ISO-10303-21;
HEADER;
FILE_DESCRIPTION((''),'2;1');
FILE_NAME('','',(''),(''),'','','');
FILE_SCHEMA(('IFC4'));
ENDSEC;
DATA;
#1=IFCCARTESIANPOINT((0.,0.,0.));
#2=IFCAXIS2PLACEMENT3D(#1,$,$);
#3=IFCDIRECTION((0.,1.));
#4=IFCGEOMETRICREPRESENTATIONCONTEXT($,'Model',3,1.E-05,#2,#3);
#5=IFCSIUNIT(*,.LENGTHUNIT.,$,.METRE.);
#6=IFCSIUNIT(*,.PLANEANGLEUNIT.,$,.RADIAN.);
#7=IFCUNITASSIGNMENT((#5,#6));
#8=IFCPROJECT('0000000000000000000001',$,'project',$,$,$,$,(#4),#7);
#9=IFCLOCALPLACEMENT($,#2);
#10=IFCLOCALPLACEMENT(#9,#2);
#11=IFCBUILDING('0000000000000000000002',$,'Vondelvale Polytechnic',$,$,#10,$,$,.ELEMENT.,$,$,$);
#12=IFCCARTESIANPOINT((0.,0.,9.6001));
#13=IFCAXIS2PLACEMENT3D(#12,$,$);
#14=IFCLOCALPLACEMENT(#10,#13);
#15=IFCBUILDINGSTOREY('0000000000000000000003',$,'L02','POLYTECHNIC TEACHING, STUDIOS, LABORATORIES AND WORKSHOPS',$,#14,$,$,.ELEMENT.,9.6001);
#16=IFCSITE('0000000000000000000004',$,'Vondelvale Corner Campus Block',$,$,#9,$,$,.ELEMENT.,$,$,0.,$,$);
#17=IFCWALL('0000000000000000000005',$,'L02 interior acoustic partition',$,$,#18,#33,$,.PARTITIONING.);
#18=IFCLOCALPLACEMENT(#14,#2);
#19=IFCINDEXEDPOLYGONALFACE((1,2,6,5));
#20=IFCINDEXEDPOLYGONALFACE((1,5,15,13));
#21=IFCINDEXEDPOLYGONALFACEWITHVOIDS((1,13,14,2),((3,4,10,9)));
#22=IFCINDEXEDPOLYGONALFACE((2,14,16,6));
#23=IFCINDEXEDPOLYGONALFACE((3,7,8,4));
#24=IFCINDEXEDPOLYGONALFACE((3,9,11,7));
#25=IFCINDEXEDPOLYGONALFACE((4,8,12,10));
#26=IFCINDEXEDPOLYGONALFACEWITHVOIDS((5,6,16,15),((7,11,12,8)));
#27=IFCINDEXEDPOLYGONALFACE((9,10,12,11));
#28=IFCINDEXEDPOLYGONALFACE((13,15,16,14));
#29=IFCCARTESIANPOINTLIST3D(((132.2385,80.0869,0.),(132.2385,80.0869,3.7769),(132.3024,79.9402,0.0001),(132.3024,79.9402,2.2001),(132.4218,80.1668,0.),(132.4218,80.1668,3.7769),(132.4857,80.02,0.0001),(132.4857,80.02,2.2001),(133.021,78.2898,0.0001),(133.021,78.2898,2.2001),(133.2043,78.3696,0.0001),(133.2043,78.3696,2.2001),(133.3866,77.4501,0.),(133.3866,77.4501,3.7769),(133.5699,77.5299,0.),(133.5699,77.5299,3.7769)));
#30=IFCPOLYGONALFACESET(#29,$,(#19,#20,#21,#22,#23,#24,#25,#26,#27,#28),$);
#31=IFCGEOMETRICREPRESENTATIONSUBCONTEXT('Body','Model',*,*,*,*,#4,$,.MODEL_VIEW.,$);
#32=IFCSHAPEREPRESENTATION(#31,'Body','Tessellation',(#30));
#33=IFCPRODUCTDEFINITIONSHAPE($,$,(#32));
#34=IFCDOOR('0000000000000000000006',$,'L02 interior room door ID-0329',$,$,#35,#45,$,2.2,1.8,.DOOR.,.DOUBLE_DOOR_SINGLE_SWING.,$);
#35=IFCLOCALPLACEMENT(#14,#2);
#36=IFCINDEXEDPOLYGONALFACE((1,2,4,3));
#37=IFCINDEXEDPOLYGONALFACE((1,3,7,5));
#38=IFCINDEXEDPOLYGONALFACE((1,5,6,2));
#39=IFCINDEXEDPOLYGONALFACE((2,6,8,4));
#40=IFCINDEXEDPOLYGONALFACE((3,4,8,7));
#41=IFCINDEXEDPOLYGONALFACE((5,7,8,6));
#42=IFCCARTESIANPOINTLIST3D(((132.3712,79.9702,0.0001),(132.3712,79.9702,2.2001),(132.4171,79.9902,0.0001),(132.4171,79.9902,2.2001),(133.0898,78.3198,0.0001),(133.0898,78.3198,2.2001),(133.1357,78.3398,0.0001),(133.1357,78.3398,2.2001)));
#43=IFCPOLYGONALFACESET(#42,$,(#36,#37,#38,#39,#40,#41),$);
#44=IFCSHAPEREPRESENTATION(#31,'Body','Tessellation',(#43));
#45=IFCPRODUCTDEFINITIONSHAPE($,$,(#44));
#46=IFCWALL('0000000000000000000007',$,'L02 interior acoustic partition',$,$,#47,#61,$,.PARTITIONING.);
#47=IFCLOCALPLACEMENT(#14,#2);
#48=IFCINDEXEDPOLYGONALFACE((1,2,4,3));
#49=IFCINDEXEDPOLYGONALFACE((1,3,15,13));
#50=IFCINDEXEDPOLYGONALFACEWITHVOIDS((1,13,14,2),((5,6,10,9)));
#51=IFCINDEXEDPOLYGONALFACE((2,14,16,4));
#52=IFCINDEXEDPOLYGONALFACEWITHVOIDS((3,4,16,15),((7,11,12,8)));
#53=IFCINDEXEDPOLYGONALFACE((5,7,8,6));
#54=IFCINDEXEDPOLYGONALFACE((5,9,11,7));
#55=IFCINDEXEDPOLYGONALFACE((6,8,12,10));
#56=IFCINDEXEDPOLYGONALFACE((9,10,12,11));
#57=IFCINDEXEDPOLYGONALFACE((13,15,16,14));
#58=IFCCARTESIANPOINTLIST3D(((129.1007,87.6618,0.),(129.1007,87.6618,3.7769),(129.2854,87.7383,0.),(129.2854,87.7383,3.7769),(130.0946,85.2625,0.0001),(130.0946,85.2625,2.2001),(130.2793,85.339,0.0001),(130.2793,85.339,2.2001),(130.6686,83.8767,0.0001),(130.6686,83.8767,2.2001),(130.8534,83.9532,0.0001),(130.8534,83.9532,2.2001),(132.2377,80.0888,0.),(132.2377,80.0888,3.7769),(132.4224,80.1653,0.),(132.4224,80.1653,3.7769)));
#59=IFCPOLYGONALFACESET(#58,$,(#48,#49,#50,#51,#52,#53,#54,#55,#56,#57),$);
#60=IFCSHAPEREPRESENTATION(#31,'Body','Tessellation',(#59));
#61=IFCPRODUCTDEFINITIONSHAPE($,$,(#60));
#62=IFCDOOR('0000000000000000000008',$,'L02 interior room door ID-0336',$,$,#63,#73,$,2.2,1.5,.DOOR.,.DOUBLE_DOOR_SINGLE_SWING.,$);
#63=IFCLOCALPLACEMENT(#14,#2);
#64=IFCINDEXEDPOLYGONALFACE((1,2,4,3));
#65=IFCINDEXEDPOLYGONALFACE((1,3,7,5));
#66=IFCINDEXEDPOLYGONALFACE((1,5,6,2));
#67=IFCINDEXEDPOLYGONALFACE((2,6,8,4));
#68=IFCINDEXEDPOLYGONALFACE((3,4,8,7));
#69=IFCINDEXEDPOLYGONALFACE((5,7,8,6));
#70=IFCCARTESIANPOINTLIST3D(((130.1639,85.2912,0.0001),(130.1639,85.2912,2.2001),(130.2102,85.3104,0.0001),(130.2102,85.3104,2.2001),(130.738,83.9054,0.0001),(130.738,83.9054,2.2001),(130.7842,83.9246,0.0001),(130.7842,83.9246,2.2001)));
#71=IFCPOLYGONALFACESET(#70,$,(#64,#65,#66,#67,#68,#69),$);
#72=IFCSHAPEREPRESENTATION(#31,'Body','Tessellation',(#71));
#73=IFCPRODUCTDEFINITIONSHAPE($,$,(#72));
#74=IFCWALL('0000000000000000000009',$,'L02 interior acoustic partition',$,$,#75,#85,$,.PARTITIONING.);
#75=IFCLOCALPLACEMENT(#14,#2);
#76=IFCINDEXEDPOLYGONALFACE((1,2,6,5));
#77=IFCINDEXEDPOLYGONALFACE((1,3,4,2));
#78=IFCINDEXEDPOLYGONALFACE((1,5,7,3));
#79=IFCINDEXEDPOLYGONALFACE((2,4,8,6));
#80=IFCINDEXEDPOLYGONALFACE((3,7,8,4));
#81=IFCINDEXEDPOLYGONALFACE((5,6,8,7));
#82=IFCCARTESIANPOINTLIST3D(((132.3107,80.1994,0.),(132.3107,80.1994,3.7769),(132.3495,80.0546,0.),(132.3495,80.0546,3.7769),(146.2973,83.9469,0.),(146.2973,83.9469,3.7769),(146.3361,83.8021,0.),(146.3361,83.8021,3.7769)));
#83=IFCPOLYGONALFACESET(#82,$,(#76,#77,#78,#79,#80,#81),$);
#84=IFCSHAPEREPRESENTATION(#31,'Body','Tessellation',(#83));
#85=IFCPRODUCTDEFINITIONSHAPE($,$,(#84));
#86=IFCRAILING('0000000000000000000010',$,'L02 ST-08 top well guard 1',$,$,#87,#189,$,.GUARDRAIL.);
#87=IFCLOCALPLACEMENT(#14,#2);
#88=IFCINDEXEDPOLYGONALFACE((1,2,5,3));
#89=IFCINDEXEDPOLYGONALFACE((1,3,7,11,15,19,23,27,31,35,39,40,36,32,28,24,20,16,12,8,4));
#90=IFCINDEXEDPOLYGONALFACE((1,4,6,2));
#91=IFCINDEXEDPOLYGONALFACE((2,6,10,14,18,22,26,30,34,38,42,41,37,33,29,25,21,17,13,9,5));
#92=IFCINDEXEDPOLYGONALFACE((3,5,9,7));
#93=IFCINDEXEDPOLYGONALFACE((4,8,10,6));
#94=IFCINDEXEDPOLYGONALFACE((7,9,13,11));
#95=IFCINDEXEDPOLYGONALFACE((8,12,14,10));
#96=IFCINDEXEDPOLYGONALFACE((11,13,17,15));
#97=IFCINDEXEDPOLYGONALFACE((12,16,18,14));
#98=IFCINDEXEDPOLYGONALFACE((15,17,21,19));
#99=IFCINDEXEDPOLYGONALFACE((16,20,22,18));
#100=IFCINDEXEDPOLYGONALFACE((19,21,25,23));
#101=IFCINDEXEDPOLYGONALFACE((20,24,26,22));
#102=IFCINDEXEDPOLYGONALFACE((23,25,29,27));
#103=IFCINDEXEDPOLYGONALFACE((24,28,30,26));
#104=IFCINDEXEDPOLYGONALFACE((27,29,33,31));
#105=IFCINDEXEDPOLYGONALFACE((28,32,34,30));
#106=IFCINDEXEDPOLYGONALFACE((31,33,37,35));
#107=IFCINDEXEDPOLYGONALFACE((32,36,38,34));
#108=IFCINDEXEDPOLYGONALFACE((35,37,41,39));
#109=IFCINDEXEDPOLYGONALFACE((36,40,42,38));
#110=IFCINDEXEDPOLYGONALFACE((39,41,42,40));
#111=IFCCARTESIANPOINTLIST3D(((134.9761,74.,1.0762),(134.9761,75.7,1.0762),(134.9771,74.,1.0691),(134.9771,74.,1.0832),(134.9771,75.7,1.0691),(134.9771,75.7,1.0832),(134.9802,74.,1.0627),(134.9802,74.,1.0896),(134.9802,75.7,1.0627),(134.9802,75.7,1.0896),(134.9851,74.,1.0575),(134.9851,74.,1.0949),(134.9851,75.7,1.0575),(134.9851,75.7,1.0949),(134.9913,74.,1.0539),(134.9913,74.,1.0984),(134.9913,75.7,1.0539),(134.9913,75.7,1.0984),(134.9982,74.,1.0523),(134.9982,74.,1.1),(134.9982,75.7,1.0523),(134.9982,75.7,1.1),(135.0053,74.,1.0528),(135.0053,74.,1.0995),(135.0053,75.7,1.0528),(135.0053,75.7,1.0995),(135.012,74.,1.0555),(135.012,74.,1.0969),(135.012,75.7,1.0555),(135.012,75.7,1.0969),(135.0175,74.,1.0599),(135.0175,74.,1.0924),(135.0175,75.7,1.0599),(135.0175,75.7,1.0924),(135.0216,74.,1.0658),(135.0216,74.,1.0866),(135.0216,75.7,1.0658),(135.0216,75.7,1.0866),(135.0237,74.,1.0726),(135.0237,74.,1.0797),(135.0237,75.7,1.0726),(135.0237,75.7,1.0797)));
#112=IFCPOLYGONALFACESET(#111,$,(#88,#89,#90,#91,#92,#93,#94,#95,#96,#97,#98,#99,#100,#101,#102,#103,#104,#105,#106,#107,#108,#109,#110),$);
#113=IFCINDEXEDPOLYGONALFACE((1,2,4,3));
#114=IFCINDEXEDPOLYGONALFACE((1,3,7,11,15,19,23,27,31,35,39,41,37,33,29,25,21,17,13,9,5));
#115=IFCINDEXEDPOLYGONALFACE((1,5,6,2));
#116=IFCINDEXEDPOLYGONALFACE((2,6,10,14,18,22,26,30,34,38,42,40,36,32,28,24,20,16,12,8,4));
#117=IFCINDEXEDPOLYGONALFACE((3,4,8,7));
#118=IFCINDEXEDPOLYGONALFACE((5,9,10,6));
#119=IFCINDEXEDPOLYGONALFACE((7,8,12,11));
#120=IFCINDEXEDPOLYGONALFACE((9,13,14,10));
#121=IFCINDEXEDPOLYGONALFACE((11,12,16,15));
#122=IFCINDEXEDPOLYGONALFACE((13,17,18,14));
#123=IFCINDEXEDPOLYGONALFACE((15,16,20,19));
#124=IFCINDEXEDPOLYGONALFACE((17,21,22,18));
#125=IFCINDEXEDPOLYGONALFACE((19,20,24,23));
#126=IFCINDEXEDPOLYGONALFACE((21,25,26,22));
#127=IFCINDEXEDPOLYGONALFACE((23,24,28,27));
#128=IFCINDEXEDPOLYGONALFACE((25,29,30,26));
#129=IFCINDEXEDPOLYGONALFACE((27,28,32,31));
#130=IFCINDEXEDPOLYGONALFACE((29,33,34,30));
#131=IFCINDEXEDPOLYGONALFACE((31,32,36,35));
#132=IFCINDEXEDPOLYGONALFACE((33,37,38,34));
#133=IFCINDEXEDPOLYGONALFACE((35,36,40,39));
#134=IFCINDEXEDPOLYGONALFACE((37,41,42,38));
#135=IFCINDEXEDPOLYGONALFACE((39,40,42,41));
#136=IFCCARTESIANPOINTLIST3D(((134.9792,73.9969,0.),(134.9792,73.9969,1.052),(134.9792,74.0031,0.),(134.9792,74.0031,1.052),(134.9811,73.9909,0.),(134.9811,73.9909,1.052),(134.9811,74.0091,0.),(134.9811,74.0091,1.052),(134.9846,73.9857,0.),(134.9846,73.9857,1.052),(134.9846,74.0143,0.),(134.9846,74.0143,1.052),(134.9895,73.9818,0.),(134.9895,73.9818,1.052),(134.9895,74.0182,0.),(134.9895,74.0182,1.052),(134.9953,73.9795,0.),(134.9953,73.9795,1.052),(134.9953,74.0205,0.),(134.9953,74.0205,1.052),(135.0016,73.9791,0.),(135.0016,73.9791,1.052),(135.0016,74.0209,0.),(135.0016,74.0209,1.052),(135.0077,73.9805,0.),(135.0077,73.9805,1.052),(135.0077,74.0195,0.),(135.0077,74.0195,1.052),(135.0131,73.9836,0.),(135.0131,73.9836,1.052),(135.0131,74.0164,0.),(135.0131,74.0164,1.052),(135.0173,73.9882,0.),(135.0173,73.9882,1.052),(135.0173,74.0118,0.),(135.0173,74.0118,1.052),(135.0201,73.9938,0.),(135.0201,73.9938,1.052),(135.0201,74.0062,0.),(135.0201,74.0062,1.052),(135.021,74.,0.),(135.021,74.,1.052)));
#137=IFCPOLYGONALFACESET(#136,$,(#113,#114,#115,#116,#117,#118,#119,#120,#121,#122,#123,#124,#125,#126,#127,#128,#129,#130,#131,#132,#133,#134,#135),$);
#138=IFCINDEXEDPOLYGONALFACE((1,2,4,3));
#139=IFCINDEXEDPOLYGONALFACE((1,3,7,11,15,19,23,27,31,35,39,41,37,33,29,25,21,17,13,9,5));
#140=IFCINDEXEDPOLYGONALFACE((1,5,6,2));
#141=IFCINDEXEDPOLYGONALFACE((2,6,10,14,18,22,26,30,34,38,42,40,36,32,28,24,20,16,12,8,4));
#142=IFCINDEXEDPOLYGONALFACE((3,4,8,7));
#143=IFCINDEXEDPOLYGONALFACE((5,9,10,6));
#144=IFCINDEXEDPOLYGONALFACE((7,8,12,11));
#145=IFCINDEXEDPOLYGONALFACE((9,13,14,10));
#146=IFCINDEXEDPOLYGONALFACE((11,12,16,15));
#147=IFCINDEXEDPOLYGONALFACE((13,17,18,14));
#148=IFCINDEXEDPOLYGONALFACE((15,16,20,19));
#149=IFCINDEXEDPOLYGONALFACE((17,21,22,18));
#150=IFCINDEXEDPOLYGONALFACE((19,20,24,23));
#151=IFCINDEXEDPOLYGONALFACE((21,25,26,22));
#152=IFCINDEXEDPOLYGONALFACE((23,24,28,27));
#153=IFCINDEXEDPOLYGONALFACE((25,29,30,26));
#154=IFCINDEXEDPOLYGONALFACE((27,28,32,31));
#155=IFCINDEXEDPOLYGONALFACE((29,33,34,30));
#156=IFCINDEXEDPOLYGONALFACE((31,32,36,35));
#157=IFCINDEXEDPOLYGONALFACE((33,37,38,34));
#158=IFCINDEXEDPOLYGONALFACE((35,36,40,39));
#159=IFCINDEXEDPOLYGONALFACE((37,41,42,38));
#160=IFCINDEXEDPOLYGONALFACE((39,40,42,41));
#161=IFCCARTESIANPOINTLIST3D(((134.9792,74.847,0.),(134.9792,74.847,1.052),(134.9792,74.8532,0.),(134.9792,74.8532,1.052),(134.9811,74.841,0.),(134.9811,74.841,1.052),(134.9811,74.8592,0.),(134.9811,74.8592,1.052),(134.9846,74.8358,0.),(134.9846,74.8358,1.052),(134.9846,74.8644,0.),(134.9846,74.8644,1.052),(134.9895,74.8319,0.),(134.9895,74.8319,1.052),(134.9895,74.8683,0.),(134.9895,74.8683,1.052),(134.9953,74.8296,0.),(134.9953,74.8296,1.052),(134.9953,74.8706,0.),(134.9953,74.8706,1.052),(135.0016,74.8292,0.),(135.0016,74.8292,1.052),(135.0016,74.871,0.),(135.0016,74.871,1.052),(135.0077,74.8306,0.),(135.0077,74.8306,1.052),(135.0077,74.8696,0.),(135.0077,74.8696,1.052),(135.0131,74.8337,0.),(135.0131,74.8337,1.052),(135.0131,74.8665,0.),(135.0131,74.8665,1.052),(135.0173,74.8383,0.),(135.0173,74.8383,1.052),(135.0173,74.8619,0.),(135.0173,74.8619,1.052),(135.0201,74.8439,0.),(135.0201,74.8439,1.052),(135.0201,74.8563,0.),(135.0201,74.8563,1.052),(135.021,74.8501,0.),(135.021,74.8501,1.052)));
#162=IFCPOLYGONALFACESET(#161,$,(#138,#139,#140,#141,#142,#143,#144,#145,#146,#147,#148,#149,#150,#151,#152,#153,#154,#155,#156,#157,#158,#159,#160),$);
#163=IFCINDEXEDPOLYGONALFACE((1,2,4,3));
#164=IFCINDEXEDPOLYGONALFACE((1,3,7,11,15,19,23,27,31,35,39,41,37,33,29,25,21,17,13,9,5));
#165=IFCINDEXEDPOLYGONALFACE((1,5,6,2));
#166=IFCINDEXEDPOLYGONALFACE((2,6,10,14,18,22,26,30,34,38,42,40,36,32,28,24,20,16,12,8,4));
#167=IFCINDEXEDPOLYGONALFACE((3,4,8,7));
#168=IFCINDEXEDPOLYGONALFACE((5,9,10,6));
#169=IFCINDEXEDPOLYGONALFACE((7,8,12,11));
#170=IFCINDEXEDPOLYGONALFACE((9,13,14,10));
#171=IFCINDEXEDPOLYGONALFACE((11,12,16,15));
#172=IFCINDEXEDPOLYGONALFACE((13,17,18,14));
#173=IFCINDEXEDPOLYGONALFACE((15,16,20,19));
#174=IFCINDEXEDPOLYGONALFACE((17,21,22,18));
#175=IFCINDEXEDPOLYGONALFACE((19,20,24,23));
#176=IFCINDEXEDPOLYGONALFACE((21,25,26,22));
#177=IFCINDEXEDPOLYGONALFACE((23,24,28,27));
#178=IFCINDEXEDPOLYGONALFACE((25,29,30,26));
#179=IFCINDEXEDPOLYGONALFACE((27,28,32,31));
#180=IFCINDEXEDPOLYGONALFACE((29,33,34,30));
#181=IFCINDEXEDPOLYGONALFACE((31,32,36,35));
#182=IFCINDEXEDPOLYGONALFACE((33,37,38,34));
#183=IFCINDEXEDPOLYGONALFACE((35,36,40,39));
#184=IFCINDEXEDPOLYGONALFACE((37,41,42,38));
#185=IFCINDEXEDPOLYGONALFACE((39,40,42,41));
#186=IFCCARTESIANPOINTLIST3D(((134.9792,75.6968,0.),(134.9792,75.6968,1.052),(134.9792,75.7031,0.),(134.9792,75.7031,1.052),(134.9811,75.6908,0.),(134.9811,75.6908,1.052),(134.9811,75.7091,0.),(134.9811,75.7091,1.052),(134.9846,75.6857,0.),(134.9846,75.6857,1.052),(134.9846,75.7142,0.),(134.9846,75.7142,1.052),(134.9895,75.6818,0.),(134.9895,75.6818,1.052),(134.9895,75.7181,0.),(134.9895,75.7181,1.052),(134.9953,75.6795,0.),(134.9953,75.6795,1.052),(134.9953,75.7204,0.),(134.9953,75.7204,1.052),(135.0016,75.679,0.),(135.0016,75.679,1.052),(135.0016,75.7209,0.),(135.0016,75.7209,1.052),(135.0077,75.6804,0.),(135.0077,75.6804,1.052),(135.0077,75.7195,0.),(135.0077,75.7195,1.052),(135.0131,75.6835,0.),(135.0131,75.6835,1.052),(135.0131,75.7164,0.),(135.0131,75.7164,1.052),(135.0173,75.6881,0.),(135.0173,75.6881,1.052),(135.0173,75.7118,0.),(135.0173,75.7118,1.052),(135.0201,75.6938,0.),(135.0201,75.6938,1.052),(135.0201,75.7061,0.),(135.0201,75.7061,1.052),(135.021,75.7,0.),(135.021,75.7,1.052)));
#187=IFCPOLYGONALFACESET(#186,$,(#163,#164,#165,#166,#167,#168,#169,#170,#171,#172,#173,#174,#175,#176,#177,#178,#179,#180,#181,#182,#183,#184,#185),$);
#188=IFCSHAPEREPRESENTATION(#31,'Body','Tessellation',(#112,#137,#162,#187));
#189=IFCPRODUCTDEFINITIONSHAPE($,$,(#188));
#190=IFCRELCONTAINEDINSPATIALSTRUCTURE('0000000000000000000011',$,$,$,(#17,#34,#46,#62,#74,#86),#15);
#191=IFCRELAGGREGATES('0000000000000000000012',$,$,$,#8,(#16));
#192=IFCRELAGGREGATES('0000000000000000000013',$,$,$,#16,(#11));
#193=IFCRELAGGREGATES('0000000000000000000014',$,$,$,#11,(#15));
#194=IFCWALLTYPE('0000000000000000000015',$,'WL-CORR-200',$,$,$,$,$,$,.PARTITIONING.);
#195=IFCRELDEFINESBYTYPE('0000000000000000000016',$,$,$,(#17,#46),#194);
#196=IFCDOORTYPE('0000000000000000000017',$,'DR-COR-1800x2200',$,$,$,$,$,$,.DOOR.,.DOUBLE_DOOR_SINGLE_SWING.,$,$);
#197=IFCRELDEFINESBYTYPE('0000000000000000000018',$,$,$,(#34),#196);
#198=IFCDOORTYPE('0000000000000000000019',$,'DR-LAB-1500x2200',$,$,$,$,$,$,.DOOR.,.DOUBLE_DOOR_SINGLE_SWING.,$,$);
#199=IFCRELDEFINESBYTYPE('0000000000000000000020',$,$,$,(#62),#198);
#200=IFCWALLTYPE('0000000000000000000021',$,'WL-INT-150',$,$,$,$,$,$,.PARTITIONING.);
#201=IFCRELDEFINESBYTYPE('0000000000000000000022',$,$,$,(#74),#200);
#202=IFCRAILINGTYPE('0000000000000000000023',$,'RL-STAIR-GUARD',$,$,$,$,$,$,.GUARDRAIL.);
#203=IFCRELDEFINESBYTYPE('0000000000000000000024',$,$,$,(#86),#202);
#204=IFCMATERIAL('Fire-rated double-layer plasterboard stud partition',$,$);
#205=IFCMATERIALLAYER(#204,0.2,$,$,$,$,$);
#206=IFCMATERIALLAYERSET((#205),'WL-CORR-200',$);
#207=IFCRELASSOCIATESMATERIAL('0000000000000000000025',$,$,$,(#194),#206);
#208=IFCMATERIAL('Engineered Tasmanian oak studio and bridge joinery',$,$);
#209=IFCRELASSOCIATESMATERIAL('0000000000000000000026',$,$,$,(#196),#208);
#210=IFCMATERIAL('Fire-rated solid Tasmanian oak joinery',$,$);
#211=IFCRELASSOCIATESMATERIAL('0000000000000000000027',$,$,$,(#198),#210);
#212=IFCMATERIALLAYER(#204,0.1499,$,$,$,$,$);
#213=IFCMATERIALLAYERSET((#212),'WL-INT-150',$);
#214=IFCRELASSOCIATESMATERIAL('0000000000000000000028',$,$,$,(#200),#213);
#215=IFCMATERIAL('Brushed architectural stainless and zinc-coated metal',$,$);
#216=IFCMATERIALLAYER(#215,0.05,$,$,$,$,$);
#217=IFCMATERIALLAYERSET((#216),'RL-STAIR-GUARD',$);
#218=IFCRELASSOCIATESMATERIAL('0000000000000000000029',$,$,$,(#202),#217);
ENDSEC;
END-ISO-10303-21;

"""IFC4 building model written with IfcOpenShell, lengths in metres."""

from ifc_helpers import new_model, si_unit, direction, frame, frame_2d, origin, origin_2d, place, context, subcontext, project, spatial, rectangle, circle, extrude, material, layer, layer_set, type_object, element, fill, save


model = new_model("IFC4")

# Units and contexts
model_context = context("Model", 3, precision=1e-05, world=origin(), true_north=direction((0.0, 1.0)))
body_context = subcontext(model_context, "Body", "Model", "MODEL_VIEW")
ifc_project = project(units=[si_unit("LENGTHUNIT", "METRE"), si_unit("PLANEANGLEUNIT", "RADIAN")], contexts=[model_context])

# Site, building, storey
site_placement = place(None, origin())
site = spatial("IfcSite", under=ifc_project, at=site_placement, Name="Vondelvale Corner Campus Block", CompositionType="ELEMENT", RefElevation=0.0)
building_placement = place(site_placement, origin())
building = spatial("IfcBuilding", under=site, at=building_placement, Name="Vondelvale Polytechnic", CompositionType="ELEMENT")
storey_placement = place(building_placement, frame((0.0, 0.0, 9.6001)))
storey = spatial("IfcBuildingStorey", under=building, at=storey_placement, Name="L02", Description="POLYTECHNIC TEACHING, STUDIOS, LABORATORIES AND WORKSHOPS", CompositionType="ELEMENT", Elevation=9.6001)

# Shared definitions
ifc_material_1 = material(Name="Engineered Tasmanian oak studio and bridge joinery")

# Walls, openings, doors
ifc_material_2 = material(Name="Brushed architectural stainless and zinc-coated metal")
ifc_material_3 = material(Name="Fire-rated double-layer plasterboard stud partition")
ifc_layer_1 = layer(ifc_material_3, 0.2)
ifc_layer_set_1 = layer_set([ifc_layer_1], Name="WL-CORR-200")
wall_type_1 = type_object("IfcWallType", Name="WL-CORR-200", PredefinedType="PARTITIONING", material=ifc_layer_set_1)
wall_1_placement = place(storey_placement, frame((133.4783, 77.49, 0.0), z_axis=(0.0, 0.0, 1.0), x_axis=(-0.39922, 0.916855, 0.0)))
wall_1 = element("IfcWall", 1, at=wall_1_placement, inside=storey, type_object=wall_type_1, Name="L02 interior acoustic partition", PredefinedType="PARTITIONING", context=body_context, shape_type="SweptSolid", body=[
    extrude(rectangle(XDim=2.876, YDim=0.2, at=frame_2d((1.438, 0.0))), origin(), (0.0, 0.0, 1.0), 3.7769),
])
opening_1_placement = place(wall_1_placement, frame((0.916, 0.0, 0.0)))
opening_1 = element("IfcOpeningElement", 2, at=opening_1_placement, cuts=wall_1, PredefinedType="OPENING", context=body_context, shape_type="SweptSolid", body=[
    extrude(rectangle(XDim=1.8, YDim=2.2, at=frame_2d((0.8999, 1.1001))), frame((0.0, 0.1099, 0.0), z_axis=(0.0, -1.0, 0.0), x_axis=(1.0, 0.0, 0.0)), (0.0, 0.0, 1.0), 0.22),
])
door_type_1 = type_object("IfcDoorType", Name="DR-COR-1800x2200", OperationType="DOUBLE_DOOR_SINGLE_SWING", PredefinedType="DOOR", material=ifc_material_1)
door_1_placement = place(opening_1_placement, origin())
door_1 = element("IfcDoor", 3, at=door_1_placement, inside=storey, type_object=door_type_1, Name="L02 interior room door ID-0329", OperationType="DOUBLE_DOOR_SINGLE_SWING", OverallHeight=2.2, OverallWidth=1.8, PredefinedType="DOOR", context=body_context, shape_type="SweptSolid", body=[
    extrude(rectangle(XDim=1.8, YDim=2.2, at=frame_2d((0.8999, 1.1001))), frame((0.0, 0.0249, 0.0), z_axis=(0.0, -1.0, 0.0), x_axis=(1.0, 0.0, 0.0)), (0.0, 0.0, 1.0), 0.05),
])
fill(opening_1, door_1)
wall_2_placement = place(storey_placement, frame((132.3301, 80.127, 0.0), z_axis=(0.0, 0.0, 1.0), x_axis=(-0.382696, 0.923874, 0.0)))
wall_2 = element("IfcWall", 4, at=wall_2_placement, inside=storey, type_object=wall_type_1, Name="L02 interior acoustic partition", PredefinedType="PARTITIONING", context=body_context, shape_type="SweptSolid", body=[
    extrude(rectangle(XDim=8.197, YDim=0.2, at=frame_2d((4.0986, 0.0))), origin(), (0.0, 0.0, 1.0), 3.7769),
])
opening_2_placement = place(wall_2_placement, frame((4.1001, 0.0, 0.0)))
opening_2 = element("IfcOpeningElement", 5, at=opening_2_placement, cuts=wall_2, PredefinedType="OPENING", context=body_context, shape_type="SweptSolid", body=[
    extrude(rectangle(XDim=1.5, YDim=2.2, at=frame_2d((0.75, 1.1001))), frame((0.0, 0.1099, 0.0), z_axis=(0.0, -1.0, 0.0), x_axis=(1.0, 0.0, 0.0)), (0.0, 0.0, 1.0), 0.22),
])
ifc_material_4 = material(Name="Fire-rated solid Tasmanian oak joinery")
door_type_2 = type_object("IfcDoorType", Name="DR-LAB-1500x2200", OperationType="DOUBLE_DOOR_SINGLE_SWING", PredefinedType="DOOR", material=ifc_material_4)
door_2_placement = place(opening_2_placement, origin())
door_2 = element("IfcDoor", 6, at=door_2_placement, inside=storey, type_object=door_type_2, Name="L02 interior room door ID-0336", OperationType="DOUBLE_DOOR_SINGLE_SWING", OverallHeight=2.2, OverallWidth=1.5, PredefinedType="DOOR", context=body_context, shape_type="SweptSolid", body=[
    extrude(rectangle(XDim=1.5, YDim=2.2, at=frame_2d((0.75, 1.1001))), frame((0.0, 0.0249, 0.0), z_axis=(0.0, -1.0, 0.0), x_axis=(1.0, 0.0, 0.0)), (0.0, 0.0, 1.0), 0.05),
])
fill(opening_2, door_2)

# Wall
ifc_layer_2 = layer(ifc_material_3, 0.1499)
ifc_layer_set_2 = layer_set([ifc_layer_2], Name="WL-INT-150")
wall_type_2 = type_object("IfcWallType", Name="WL-INT-150", PredefinedType="PARTITIONING", material=ifc_layer_set_2)
wall_3_placement = place(storey_placement, frame((132.3301, 80.127, 0.0), z_axis=(0.0, 0.0, 1.0), x_axis=(0.965928, 0.258811, 0.0)))
element("IfcWall", 7, at=wall_3_placement, inside=storey, type_object=wall_type_2, Name="L02 interior acoustic partition", PredefinedType="PARTITIONING", context=body_context, shape_type="SweptSolid", body=[
    extrude(rectangle(XDim=14.48, YDim=0.1499, at=frame_2d((7.24, 0.0))), origin(), (0.0, 0.0, 1.0), 3.7769),
])

# Railing
ifc_layer_3 = layer(ifc_material_2, 0.05)
ifc_layer_set_3 = layer_set([ifc_layer_3], Name="RL-STAIR-GUARD")
railing_type = type_object("IfcRailingType", Name="RL-STAIR-GUARD", PredefinedType="GUARDRAIL", material=ifc_layer_set_3)
railing_placement = place(storey_placement, frame((135.0, 74.0, 0.0)))
element("IfcRailing", 8, at=railing_placement, inside=storey, type_object=railing_type, Name="L02 ST-08 top well guard 1", PredefinedType="GUARDRAIL", context=body_context, shape_type="SweptSolid", body=[
    extrude(circle(Radius=0.0239, at=origin_2d()), frame((0.0, 0.0, 1.0762), z_axis=(0.0, 1.0, 0.0), x_axis=(-1.0, 0.0, 0.0)), (0.0, 0.0, 1.0), 1.7),
    extrude(circle(Radius=0.021, at=origin_2d()), origin(), (0.0, 0.0, 1.0), 1.052),
    extrude(circle(Radius=0.021, at=origin_2d()), frame((0.0, 0.8501, 0.0)), (0.0, 0.0, 1.0), 1.052),
    extrude(circle(Radius=0.021, at=origin_2d()), frame((0.0, 1.7, 0.0)), (0.0, 0.0, 1.0), 1.052),
])

save(model, "model.ifc")
